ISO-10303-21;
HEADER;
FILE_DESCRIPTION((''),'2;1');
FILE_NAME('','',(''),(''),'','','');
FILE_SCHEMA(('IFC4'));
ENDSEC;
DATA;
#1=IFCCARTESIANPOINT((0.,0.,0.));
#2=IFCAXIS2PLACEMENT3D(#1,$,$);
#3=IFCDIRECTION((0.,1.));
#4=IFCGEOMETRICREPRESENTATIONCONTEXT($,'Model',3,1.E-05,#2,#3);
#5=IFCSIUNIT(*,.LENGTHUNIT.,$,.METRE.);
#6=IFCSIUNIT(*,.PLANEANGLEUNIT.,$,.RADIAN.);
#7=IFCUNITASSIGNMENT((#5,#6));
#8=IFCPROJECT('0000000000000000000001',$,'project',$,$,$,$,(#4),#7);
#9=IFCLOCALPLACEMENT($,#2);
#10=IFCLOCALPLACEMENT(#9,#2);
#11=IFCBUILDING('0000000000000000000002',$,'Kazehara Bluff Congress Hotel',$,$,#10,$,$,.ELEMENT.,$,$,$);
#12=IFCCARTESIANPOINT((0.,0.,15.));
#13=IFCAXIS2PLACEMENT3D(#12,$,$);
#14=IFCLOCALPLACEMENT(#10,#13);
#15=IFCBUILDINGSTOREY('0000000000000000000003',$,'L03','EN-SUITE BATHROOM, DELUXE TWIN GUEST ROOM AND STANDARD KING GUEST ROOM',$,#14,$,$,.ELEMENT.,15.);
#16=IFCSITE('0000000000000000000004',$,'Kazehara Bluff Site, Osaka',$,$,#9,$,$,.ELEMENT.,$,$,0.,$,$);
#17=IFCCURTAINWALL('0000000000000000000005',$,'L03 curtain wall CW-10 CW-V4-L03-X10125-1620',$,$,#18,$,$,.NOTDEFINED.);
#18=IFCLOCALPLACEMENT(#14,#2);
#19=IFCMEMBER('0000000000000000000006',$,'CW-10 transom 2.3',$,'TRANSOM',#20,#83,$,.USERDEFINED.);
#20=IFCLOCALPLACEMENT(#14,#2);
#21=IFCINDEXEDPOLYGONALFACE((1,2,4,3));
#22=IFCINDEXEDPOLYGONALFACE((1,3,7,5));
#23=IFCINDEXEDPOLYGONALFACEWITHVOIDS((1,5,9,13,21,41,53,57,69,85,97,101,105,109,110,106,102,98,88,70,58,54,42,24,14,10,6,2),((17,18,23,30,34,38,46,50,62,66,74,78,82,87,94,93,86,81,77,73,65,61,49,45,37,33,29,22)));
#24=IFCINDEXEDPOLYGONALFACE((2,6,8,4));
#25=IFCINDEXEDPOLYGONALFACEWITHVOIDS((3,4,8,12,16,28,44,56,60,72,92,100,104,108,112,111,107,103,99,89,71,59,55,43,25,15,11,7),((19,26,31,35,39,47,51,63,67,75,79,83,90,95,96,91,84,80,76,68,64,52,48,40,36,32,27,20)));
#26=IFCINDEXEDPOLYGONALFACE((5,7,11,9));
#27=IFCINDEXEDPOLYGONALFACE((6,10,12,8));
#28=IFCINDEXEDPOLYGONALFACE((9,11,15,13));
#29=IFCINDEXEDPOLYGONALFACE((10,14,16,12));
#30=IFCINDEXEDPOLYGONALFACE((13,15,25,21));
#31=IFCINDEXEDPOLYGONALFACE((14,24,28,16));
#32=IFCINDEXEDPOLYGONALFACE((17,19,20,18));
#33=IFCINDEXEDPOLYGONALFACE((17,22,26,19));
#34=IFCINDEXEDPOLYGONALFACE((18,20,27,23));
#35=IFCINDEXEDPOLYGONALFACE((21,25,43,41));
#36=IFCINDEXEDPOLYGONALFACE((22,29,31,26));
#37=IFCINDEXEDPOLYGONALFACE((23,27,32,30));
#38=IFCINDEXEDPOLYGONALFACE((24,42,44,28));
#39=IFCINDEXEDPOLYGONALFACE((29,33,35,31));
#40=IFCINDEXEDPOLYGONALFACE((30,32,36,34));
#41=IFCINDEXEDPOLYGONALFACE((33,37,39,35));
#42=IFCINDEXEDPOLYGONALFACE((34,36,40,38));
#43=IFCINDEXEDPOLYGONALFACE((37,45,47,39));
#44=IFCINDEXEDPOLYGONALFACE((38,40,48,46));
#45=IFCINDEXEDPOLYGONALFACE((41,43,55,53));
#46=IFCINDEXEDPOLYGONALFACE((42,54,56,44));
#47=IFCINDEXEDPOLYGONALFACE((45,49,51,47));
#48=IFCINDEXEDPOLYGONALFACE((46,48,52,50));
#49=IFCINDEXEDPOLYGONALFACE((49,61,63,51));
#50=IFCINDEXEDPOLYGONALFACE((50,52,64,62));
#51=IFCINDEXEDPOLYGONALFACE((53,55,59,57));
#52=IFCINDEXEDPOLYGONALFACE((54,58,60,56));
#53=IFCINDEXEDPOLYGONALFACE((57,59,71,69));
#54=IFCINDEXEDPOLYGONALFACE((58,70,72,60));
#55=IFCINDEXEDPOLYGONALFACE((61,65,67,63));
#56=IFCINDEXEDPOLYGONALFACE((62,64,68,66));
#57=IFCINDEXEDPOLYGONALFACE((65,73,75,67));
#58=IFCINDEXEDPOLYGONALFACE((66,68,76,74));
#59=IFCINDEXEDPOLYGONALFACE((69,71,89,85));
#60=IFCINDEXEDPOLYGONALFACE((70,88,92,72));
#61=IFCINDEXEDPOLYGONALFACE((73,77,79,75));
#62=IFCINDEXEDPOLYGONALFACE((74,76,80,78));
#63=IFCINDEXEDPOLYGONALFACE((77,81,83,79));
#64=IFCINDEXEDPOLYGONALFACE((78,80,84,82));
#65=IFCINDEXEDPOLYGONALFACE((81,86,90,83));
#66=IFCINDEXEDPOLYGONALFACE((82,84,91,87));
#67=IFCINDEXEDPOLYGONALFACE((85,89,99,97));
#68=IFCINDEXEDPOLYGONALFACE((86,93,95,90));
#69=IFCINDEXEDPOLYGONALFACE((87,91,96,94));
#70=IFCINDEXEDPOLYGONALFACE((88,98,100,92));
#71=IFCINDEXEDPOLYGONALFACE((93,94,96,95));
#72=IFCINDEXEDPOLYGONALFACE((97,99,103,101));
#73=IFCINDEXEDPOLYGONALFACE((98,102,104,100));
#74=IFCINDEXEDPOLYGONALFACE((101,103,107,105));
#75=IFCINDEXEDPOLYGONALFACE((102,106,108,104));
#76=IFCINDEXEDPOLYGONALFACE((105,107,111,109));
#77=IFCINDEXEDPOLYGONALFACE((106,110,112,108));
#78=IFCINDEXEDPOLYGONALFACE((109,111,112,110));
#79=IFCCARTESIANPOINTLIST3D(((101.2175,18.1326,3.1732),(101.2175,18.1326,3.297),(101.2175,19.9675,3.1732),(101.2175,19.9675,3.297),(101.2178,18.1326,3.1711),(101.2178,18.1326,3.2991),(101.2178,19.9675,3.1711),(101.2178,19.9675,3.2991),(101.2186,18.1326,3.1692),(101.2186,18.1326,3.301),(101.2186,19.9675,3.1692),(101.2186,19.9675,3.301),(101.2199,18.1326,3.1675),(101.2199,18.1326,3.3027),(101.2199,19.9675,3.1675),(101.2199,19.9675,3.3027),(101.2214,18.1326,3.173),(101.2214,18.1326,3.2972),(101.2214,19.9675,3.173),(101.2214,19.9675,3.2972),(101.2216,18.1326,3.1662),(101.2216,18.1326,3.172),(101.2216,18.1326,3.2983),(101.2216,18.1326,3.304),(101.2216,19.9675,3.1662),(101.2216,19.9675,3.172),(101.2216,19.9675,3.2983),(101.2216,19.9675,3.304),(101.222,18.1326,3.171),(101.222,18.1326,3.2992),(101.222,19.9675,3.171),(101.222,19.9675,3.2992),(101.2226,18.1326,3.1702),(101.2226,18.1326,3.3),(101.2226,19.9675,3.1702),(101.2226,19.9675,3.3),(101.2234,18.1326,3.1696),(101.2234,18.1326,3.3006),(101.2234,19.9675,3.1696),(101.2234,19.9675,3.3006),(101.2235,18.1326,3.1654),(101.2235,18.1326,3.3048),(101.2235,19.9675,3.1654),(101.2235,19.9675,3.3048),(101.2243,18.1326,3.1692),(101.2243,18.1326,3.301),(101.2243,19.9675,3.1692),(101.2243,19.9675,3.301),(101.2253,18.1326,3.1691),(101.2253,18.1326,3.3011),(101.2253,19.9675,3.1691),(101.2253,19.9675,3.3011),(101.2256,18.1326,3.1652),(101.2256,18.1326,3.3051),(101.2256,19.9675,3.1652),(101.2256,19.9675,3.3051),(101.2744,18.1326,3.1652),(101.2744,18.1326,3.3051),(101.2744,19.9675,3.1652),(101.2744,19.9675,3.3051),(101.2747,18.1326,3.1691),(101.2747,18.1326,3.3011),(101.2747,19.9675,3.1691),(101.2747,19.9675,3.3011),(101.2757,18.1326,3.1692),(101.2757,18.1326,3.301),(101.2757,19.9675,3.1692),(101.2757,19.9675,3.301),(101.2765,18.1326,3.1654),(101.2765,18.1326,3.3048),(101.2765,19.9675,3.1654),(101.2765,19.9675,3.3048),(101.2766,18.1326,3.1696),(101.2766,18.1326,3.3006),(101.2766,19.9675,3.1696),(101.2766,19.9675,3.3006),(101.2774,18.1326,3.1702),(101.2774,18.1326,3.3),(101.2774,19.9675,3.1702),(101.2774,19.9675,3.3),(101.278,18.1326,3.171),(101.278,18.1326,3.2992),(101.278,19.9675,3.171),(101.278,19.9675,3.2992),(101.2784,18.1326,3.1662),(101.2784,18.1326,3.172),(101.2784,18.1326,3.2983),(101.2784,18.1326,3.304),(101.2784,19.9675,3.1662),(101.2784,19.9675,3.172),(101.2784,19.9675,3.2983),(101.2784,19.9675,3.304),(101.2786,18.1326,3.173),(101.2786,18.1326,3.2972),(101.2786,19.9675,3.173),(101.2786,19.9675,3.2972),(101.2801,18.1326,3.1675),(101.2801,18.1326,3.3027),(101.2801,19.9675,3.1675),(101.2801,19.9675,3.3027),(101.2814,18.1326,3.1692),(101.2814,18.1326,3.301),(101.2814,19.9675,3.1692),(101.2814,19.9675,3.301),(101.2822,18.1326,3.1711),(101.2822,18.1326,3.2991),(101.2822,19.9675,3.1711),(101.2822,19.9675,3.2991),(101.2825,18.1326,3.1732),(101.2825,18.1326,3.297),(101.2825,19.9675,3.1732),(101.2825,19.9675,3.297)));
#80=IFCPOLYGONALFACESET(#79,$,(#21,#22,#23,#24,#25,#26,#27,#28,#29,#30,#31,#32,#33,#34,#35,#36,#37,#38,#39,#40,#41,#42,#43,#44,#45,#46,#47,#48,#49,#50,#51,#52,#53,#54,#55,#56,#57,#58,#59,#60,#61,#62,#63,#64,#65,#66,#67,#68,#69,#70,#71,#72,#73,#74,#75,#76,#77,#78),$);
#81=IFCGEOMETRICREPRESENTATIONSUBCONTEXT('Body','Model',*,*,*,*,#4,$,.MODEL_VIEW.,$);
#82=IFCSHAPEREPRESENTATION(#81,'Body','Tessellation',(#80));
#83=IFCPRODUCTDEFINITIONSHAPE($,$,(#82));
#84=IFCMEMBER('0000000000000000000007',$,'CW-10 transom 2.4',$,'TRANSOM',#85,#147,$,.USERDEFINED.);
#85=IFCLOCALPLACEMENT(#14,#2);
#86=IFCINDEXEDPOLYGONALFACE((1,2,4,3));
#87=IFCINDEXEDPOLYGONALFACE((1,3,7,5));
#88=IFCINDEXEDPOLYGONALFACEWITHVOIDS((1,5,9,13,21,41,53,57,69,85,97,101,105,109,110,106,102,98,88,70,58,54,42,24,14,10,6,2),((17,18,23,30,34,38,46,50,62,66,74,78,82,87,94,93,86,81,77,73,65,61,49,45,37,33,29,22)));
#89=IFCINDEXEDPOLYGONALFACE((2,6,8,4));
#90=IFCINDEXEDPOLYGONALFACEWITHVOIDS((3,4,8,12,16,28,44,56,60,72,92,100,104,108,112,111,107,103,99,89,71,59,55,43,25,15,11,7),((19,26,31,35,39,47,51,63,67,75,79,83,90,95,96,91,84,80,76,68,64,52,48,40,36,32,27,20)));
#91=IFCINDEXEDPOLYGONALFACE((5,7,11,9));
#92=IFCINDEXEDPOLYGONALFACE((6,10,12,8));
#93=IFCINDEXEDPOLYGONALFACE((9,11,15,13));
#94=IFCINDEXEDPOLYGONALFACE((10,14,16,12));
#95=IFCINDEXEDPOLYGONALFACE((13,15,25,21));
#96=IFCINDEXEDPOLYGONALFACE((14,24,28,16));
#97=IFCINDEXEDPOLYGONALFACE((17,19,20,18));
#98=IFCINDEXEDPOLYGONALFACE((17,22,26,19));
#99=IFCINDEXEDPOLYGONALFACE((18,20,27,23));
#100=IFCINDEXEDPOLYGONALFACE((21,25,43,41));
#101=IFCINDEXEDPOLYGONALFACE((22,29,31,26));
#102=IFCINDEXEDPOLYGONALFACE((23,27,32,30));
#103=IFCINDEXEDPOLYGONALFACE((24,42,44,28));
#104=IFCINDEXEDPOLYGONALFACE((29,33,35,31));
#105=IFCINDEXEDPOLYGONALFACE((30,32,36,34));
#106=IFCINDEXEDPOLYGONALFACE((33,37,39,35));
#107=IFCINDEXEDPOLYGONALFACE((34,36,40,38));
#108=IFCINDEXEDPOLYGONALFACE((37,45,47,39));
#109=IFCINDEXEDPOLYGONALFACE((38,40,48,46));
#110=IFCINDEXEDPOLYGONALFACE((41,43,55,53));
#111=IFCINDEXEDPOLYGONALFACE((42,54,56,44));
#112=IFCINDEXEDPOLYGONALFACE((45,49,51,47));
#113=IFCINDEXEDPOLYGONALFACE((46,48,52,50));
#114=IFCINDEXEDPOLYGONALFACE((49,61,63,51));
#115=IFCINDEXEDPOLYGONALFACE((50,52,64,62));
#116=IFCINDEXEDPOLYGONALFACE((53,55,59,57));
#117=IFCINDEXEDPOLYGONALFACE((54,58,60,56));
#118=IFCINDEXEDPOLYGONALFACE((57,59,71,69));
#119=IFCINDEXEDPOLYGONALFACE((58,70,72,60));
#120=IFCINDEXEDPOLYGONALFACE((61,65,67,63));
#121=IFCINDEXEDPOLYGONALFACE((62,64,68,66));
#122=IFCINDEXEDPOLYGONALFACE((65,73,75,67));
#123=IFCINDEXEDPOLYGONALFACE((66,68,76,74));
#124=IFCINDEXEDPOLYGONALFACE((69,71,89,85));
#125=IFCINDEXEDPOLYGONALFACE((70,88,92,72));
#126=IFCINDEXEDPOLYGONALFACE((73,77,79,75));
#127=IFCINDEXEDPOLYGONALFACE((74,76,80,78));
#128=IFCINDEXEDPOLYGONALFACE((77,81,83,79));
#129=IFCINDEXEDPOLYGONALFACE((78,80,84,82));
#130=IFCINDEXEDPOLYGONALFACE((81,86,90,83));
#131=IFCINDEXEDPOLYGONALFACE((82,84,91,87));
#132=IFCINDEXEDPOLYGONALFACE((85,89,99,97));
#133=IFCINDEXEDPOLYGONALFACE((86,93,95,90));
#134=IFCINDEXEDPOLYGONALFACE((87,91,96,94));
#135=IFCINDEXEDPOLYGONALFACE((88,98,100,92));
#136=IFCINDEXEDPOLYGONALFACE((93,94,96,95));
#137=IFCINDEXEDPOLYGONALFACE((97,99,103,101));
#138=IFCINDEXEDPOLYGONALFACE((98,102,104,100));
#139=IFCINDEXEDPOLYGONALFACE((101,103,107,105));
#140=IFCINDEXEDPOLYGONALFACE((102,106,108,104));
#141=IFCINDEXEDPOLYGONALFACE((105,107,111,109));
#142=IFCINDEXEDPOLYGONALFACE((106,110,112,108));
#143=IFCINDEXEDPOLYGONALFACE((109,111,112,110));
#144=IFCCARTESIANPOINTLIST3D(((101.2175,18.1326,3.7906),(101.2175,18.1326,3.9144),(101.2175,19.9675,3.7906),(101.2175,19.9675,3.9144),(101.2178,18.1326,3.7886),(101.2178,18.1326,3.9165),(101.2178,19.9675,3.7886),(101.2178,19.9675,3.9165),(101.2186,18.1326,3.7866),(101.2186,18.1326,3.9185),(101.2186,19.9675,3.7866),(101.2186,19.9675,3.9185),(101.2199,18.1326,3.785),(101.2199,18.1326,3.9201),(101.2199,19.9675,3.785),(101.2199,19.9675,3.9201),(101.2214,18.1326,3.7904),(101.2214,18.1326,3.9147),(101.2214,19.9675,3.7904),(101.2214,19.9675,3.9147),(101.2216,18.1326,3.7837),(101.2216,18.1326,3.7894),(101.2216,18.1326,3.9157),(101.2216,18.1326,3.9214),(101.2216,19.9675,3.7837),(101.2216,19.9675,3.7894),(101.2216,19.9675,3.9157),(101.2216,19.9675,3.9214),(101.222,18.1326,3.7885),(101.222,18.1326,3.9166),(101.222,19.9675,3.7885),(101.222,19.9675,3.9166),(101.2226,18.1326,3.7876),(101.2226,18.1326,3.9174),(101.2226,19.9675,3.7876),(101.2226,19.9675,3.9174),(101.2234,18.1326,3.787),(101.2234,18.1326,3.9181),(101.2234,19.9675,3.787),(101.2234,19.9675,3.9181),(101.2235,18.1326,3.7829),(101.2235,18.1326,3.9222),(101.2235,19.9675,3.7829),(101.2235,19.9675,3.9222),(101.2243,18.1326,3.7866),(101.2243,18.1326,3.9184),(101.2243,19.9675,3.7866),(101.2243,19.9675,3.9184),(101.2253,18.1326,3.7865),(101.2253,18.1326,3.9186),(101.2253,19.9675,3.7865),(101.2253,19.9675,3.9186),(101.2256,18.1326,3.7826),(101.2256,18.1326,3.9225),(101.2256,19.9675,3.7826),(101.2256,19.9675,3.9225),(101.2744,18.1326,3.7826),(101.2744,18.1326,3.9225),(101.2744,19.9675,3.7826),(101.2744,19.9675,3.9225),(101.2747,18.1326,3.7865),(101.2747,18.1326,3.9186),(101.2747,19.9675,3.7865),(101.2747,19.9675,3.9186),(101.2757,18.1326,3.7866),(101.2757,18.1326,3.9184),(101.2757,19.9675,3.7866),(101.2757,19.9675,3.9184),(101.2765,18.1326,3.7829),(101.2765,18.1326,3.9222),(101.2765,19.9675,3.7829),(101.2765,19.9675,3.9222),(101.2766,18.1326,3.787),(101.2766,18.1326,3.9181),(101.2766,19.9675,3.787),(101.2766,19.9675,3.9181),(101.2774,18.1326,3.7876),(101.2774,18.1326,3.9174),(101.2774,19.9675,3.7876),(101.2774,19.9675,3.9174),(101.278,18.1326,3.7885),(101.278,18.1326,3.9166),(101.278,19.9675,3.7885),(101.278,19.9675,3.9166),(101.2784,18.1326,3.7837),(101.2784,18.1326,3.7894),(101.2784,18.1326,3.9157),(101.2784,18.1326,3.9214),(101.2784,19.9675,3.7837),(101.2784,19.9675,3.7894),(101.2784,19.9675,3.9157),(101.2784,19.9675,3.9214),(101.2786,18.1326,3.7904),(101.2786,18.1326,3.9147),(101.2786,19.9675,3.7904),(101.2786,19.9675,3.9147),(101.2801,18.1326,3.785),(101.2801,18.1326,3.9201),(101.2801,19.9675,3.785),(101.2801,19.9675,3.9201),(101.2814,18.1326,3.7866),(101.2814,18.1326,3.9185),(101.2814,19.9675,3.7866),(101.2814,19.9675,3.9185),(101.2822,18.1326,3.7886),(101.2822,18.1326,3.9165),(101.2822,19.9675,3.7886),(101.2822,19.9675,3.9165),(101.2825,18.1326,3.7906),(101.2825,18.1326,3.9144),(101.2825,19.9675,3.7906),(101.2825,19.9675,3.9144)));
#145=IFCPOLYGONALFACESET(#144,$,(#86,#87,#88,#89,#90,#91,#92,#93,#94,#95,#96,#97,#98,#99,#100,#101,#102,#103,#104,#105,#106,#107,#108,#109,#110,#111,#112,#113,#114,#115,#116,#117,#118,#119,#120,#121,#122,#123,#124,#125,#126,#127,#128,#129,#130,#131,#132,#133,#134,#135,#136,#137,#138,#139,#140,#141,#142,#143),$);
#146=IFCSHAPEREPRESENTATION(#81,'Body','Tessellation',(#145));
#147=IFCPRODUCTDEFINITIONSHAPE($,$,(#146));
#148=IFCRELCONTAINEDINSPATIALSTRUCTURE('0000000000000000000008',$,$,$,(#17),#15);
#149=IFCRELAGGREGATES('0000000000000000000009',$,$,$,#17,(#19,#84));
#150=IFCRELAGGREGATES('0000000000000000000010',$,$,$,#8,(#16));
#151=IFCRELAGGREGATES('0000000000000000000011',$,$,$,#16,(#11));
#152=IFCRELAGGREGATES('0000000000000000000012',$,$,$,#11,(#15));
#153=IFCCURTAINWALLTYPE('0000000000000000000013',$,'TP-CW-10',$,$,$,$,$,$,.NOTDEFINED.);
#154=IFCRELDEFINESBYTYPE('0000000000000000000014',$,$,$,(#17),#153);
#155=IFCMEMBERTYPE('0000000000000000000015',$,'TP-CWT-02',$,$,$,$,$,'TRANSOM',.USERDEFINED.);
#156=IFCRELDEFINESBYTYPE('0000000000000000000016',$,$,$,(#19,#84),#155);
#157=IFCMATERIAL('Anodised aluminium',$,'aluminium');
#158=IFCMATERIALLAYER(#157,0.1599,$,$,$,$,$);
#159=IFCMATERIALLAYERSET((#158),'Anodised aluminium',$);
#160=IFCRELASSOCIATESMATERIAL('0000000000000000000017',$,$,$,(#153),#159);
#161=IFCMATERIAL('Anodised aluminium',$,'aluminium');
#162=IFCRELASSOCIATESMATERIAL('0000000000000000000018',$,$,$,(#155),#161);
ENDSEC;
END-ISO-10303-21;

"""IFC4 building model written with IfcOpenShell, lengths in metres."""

from ifc_helpers import new_model, si_unit, direction, frame, origin, origin_2d, place, context, subcontext, project, spatial, hollow_rectangle, extrude, material, layer, layer_set, material_profile, profile_set, type_object, element, aggregate, save


model = new_model("IFC4")

# Units and contexts
model_context = context("Model", 3, precision=1e-05, world=origin(), true_north=direction((0.0, 1.0)))
body_context = subcontext(model_context, "Body", "Model", "MODEL_VIEW")
ifc_project = project(units=[si_unit("LENGTHUNIT", "METRE"), si_unit("PLANEANGLEUNIT", "RADIAN")], contexts=[model_context])

# Site, building, storey
site_placement = place(None, origin())
site = spatial("IfcSite", under=ifc_project, at=site_placement, Name="Kazehara Bluff Site, Osaka", CompositionType="ELEMENT", RefElevation=0.0)
building_placement = place(site_placement, origin())
building = spatial("IfcBuilding", under=site, at=building_placement, Name="Kazehara Bluff Congress Hotel", CompositionType="ELEMENT")
storey_placement = place(building_placement, frame((0.0, 0.0, 15.0)))
storey = spatial("IfcBuildingStorey", under=building, at=storey_placement, Name="L03", Description="EN-SUITE BATHROOM, DELUXE TWIN GUEST ROOM AND STANDARD KING GUEST ROOM", CompositionType="ELEMENT", Elevation=15.0)

# Curtain wall, members
ifc_material_1 = material(Name="Anodised aluminium", Category="aluminium")
ifc_layer_1 = layer(ifc_material_1, 0.1599)
ifc_layer_set_1 = layer_set([ifc_layer_1], Name="Anodised aluminium")
curtain_wall_type = type_object("IfcCurtainWallType", Name="TP-CW-10", PredefinedType="NOTDEFINED", material=ifc_layer_set_1)
curtain_wall_placement = place(storey_placement, origin())
curtain_wall = element("IfcCurtainWall", 1, at=curtain_wall_placement, inside=storey, type_object=curtain_wall_type, Name="L03 curtain wall CW-10 CW-V4-L03-X10125-1620", PredefinedType="NOTDEFINED")
ifc_material_2 = material(Name="Anodised aluminium", Category="aluminium")
ifc_material_profile_1 = material_profile(ifc_material_2, hollow_rectangle(XDim=0.0649, YDim=0.1399, WallThickness=0.0039, InnerFilletRadius=0.0039, OuterFilletRadius=0.0081, at=origin_2d()))
ifc_profile_set_1 = profile_set([ifc_material_profile_1], Name="Anodised aluminium")
member_type_1 = type_object("IfcMemberType", Name="TP-CWT-02", ElementType="TRANSOM", PredefinedType="USERDEFINED", material=ifc_profile_set_1)
member_1_placement = place(storey_placement, frame((101.25, 18.1326, 3.2351), z_axis=(0.0, 1.0, 0.0), x_axis=(-1.0, 0.0, 0.0)))
member_1 = element("IfcMember", 2, at=member_1_placement, type_object=member_type_1, Name="CW-10 transom 2.3", ObjectType="TRANSOM", PredefinedType="USERDEFINED", context=body_context, shape_type="SweptSolid", body=[
    extrude(hollow_rectangle(XDim=0.0649, YDim=0.1399, WallThickness=0.0039, InnerFilletRadius=0.0039, OuterFilletRadius=0.0081, at=origin_2d()), origin(), (0.0, 0.0, 1.0), 1.835),
])
member_2_placement = place(storey_placement, frame((101.25, 18.1326, 3.8525), z_axis=(0.0, 1.0, 0.0), x_axis=(-1.0, 0.0, 0.0)))
member_2 = element("IfcMember", 3, at=member_2_placement, type_object=member_type_1, Name="CW-10 transom 2.4", ObjectType="TRANSOM", PredefinedType="USERDEFINED", context=body_context, shape_type="SweptSolid", body=[
    extrude(hollow_rectangle(XDim=0.0649, YDim=0.1399, WallThickness=0.0039, InnerFilletRadius=0.0039, OuterFilletRadius=0.0081, at=origin_2d()), origin(), (0.0, 0.0, 1.0), 1.835),
])
aggregate(curtain_wall, [member_1, member_2])

save(model, "model.ifc")
